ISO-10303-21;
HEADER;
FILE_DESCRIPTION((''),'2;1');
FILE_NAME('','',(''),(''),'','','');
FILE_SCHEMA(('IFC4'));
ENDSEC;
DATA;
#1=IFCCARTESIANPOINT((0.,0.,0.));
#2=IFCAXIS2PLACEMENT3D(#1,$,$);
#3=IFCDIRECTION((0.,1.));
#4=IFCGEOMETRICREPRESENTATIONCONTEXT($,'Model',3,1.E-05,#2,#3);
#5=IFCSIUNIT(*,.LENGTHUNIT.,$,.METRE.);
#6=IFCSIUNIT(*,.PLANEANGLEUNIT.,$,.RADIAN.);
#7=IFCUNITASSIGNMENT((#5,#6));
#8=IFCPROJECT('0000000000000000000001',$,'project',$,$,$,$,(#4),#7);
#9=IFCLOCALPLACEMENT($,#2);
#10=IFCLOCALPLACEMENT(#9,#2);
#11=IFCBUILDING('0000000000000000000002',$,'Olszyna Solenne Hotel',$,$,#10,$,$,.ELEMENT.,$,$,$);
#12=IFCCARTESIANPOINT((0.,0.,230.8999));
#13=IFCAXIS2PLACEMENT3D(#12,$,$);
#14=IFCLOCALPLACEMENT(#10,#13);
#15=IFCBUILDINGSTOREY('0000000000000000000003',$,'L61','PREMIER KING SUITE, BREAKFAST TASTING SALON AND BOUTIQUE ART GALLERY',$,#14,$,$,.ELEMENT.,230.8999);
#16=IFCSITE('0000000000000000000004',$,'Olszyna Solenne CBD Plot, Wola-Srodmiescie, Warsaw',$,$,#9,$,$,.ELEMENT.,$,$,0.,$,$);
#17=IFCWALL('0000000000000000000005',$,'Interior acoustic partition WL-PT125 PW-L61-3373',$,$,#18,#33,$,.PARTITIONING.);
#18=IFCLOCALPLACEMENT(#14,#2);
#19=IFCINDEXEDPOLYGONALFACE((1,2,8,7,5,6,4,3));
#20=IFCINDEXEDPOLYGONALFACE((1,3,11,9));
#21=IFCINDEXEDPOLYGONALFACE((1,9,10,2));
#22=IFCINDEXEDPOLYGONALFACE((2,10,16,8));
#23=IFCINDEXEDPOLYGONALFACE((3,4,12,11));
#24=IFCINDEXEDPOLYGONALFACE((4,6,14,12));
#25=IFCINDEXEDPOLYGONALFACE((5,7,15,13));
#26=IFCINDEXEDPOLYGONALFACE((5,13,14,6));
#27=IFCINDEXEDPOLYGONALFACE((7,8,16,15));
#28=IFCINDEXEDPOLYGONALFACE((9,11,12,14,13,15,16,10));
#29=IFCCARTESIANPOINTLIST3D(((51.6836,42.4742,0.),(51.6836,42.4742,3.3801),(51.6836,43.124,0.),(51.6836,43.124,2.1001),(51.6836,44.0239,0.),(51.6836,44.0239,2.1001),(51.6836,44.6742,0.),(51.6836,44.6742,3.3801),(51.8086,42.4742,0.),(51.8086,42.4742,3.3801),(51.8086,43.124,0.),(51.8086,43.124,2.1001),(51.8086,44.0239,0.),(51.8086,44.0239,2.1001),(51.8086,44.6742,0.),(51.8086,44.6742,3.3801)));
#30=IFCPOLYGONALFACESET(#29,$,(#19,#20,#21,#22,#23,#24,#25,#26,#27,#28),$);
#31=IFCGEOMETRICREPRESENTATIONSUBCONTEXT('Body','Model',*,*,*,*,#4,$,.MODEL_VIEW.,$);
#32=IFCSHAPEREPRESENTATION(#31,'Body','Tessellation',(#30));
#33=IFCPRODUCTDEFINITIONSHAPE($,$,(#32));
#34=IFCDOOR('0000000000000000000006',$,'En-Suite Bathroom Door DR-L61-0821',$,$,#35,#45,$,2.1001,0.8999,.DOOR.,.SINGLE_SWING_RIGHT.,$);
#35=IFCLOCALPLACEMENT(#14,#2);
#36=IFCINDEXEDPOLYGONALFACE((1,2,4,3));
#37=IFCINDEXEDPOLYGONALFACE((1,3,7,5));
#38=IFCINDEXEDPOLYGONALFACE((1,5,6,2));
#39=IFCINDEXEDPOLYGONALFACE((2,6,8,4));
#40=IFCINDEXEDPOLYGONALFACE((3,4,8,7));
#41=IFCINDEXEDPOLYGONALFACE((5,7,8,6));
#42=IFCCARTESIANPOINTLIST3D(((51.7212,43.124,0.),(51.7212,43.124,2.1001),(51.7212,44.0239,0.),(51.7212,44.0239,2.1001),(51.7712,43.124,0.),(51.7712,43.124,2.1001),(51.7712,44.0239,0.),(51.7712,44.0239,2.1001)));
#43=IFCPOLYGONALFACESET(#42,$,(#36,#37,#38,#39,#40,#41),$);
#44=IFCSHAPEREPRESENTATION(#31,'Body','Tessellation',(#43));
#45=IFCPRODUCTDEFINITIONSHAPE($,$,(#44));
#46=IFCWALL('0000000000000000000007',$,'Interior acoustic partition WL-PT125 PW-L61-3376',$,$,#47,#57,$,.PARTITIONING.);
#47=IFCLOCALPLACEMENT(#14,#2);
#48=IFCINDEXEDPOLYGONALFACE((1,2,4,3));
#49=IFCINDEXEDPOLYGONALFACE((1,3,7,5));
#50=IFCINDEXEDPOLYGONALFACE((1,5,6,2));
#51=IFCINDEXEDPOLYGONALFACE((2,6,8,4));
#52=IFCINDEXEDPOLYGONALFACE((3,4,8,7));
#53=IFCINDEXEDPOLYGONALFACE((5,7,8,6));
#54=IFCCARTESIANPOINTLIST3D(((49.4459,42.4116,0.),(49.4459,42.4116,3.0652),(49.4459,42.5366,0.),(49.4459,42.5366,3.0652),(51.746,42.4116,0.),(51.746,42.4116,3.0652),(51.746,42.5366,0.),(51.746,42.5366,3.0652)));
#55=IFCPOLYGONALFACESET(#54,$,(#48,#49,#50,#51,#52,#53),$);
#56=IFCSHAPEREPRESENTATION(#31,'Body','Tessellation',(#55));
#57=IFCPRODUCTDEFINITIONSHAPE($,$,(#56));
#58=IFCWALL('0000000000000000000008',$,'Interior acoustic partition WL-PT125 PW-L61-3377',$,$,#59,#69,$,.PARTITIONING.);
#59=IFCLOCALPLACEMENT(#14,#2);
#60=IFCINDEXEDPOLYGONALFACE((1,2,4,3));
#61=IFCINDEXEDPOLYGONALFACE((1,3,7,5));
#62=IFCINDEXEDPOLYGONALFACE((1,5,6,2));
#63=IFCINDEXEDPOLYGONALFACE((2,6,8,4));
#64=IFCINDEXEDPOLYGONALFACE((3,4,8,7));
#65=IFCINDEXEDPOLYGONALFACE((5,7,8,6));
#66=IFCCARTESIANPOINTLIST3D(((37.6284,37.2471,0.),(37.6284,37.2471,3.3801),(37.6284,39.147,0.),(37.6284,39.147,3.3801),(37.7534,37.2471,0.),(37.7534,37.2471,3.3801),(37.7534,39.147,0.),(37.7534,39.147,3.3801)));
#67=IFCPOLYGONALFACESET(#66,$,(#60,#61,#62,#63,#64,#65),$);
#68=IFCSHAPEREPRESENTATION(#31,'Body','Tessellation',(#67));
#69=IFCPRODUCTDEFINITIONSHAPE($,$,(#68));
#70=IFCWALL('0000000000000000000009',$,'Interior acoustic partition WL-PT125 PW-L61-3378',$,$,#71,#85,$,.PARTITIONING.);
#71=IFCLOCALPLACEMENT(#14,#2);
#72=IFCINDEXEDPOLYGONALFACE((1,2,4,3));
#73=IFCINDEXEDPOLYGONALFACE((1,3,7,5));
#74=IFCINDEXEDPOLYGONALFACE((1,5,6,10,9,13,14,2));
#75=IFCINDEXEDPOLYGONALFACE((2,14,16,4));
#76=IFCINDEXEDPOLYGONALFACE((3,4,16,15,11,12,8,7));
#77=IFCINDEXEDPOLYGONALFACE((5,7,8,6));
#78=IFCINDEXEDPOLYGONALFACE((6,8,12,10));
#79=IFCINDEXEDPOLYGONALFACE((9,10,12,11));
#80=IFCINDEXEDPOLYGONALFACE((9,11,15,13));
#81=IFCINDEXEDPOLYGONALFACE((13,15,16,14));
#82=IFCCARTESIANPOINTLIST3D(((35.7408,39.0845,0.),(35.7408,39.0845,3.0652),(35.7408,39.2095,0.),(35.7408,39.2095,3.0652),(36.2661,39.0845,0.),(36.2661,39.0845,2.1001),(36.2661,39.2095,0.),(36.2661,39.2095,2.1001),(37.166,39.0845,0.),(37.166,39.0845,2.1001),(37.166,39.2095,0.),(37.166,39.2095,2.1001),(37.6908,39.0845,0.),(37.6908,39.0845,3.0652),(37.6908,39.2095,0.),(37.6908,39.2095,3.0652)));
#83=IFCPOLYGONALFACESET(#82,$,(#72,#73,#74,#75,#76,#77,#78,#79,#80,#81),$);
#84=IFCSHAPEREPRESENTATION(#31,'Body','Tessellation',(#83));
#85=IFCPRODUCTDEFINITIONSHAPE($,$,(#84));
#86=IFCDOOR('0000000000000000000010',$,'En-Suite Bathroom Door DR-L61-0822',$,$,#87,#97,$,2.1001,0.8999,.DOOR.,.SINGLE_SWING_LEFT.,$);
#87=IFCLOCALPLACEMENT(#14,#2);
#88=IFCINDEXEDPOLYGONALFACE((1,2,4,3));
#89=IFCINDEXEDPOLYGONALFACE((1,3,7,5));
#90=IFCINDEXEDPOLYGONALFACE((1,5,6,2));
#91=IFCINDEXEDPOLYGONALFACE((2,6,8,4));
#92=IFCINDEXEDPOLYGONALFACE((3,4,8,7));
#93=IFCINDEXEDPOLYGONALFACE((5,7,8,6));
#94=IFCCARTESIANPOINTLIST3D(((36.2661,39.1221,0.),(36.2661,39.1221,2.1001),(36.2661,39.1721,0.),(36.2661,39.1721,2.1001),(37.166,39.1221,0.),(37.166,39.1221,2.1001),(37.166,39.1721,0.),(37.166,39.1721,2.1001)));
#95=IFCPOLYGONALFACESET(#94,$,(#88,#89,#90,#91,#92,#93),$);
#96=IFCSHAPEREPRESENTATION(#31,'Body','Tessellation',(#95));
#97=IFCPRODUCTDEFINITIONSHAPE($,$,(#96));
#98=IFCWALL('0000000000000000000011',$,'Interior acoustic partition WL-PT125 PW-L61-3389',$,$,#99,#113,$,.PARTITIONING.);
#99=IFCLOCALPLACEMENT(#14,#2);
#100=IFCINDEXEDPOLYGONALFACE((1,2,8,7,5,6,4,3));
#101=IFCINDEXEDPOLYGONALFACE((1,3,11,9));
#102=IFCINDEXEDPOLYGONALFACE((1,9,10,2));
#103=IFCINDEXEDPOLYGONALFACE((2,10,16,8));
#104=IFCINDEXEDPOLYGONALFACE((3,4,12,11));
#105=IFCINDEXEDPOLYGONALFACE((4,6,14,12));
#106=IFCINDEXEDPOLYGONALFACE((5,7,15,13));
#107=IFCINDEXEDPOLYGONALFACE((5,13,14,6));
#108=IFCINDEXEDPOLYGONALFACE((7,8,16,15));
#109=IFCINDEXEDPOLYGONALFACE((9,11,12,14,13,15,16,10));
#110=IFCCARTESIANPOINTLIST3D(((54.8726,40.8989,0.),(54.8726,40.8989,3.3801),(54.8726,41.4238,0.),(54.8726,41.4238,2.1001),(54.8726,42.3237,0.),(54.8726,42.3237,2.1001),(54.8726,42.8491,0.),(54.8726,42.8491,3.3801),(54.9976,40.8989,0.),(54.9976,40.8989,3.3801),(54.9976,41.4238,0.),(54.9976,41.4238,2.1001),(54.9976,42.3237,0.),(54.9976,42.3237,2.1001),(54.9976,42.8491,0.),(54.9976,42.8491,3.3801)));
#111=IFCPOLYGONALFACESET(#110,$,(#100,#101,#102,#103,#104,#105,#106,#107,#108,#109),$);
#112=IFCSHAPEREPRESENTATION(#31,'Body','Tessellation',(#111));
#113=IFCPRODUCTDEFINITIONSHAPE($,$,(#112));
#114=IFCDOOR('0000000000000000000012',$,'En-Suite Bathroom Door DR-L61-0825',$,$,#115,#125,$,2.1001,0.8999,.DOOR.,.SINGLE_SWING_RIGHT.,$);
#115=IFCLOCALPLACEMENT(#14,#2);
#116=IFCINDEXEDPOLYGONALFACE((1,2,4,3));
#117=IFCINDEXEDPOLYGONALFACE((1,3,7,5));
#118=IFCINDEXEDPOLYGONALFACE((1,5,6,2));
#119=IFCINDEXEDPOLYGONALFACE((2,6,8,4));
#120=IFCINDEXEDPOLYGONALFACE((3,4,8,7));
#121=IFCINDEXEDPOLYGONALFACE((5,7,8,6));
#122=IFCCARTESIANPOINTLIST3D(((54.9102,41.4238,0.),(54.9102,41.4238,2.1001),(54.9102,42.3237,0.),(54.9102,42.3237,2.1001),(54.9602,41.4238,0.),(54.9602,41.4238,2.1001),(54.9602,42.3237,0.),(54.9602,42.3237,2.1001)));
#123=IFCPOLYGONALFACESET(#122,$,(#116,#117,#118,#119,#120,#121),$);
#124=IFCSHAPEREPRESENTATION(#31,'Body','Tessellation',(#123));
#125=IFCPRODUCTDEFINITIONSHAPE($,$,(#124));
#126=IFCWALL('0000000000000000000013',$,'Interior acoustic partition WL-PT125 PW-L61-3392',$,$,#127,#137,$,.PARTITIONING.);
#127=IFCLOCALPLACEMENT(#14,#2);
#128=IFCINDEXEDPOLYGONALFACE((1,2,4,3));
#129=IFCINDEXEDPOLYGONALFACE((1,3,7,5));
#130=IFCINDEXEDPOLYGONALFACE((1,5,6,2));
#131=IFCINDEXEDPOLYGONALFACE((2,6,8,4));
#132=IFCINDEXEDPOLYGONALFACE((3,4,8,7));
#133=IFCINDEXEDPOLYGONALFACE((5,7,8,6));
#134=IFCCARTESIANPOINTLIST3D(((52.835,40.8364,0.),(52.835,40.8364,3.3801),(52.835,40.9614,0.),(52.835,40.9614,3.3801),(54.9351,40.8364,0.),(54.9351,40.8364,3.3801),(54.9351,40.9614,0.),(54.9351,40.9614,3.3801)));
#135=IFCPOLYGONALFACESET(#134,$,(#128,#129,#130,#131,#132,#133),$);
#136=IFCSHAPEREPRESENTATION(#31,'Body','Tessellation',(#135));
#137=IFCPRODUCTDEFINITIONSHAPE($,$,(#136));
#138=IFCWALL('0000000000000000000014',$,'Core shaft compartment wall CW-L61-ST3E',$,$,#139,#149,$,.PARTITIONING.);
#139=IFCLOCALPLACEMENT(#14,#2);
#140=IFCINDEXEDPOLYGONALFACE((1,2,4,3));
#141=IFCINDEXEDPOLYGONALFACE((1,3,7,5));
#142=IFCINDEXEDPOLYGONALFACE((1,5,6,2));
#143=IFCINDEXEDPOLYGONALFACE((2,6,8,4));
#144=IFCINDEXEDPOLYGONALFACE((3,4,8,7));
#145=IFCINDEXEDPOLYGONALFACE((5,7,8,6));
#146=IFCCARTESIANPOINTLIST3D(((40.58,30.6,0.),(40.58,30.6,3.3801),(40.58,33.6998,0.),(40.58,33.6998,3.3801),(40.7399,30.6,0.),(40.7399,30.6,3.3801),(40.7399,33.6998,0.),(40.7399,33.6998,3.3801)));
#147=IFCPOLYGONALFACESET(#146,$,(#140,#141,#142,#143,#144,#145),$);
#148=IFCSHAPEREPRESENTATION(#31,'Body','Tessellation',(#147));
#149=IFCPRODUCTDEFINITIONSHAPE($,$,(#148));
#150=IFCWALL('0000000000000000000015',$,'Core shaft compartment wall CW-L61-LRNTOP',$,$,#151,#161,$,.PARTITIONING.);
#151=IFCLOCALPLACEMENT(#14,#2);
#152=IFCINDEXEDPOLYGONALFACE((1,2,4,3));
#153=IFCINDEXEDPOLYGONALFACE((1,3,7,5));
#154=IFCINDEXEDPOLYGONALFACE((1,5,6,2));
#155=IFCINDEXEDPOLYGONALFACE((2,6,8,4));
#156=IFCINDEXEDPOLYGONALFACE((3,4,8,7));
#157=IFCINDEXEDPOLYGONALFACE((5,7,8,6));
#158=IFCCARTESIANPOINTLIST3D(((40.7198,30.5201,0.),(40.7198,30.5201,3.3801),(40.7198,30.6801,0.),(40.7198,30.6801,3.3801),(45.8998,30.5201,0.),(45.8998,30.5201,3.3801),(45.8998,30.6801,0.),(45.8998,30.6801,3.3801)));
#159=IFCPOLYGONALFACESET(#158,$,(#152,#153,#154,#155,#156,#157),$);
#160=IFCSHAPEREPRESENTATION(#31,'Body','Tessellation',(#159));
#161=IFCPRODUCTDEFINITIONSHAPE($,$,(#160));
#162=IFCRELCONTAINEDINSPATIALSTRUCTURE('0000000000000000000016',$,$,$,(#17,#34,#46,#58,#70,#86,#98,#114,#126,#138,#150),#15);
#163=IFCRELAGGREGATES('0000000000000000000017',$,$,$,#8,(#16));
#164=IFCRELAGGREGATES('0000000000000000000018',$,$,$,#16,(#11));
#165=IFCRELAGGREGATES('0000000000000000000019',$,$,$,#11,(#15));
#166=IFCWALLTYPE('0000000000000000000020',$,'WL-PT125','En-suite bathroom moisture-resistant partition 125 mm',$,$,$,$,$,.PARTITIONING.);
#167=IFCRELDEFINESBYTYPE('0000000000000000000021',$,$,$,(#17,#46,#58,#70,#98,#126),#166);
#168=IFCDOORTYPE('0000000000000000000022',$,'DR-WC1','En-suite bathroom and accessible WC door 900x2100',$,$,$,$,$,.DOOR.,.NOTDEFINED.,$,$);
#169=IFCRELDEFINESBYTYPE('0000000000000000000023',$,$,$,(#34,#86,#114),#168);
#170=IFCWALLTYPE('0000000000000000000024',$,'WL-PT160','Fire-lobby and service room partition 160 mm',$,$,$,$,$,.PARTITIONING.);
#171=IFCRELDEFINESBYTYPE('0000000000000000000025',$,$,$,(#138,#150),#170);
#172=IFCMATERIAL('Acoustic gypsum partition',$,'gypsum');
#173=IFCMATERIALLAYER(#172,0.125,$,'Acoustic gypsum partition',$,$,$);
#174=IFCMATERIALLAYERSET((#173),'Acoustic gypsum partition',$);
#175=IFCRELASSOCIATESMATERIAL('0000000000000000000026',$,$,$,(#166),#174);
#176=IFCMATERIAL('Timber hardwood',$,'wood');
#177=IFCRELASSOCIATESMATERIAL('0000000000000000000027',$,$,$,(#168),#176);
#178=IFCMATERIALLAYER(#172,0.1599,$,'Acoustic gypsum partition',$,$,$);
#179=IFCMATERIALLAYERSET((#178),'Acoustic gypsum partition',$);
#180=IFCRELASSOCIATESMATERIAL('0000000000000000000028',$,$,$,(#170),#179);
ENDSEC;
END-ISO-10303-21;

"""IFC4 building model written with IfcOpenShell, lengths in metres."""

from ifc_helpers import new_model, si_unit, direction, frame, frame_2d, origin, place, context, subcontext, project, spatial, rectangle, extrude, source, transform, mapped, material, layer, layer_set, type_object, type_shapes, element, fill, save


model = new_model("IFC4")

# Units and contexts
model_context = context("Model", 3, precision=1e-05, world=origin(), true_north=direction((0.0, 1.0)))
body_context = subcontext(model_context, "Body", "Model", "MODEL_VIEW")
ifc_project = project(units=[si_unit("LENGTHUNIT", "METRE"), si_unit("PLANEANGLEUNIT", "RADIAN")], contexts=[model_context])

# Site, building, storey
site_placement = place(None, origin())
site = spatial("IfcSite", under=ifc_project, at=site_placement, Name="Olszyna Solenne CBD Plot, Wola-Srodmiescie, Warsaw", CompositionType="ELEMENT", RefElevation=0.0)
building_placement = place(site_placement, origin())
building = spatial("IfcBuilding", under=site, at=building_placement, Name="Olszyna Solenne Hotel", CompositionType="ELEMENT")
storey_placement = place(building_placement, frame((0.0, 0.0, 230.8999)))
storey = spatial("IfcBuildingStorey", under=building, at=storey_placement, Name="L61", Description="PREMIER KING SUITE, BREAKFAST TASTING SALON AND BOUTIQUE ART GALLERY", CompositionType="ELEMENT", Elevation=230.8999)

# Shared definitions
ifc_material_1 = material(Name="Timber hardwood", Category="wood")

# Wall, opening, door
ifc_material_2 = material(Name="Acoustic gypsum partition", Category="gypsum")
ifc_layer_1 = layer(ifc_material_2, 0.125, Name="Acoustic gypsum partition")
ifc_layer_set_1 = layer_set([ifc_layer_1], Name="Acoustic gypsum partition")
wall_type_1 = type_object("IfcWallType", Name="WL-PT125", Description="En-suite bathroom moisture-resistant partition 125 mm", PredefinedType="PARTITIONING", material=ifc_layer_set_1)
wall_1_placement = place(storey_placement, frame((51.7461, 42.4741, 0.0), z_axis=(0.0, 0.0, 1.0), x_axis=(0.0, 1.0, 0.0)))
wall_1 = element("IfcWall", 1, at=wall_1_placement, inside=storey, type_object=wall_type_1, Name="Interior acoustic partition WL-PT125 PW-L61-3373", PredefinedType="PARTITIONING", context=body_context, shape_type="SweptSolid", body=[
    extrude(rectangle(XDim=2.2, YDim=0.125, at=frame_2d((1.1001, 0.0))), origin(), (0.0, 0.0, 1.0), 3.3801),
])
opening_1_placement = place(wall_1_placement, frame((0.6499, 0.0, 0.0)))
opening_1 = element("IfcOpeningElement", 2, at=opening_1_placement, cuts=wall_1, PredefinedType="OPENING", context=body_context, shape_type="SweptSolid", body=[
    extrude(rectangle(XDim=0.8999, YDim=2.1001, at=frame_2d((0.45, 1.05))), frame((0.0, 0.0725, 0.0), z_axis=(0.0, -1.0, 0.0), x_axis=(1.0, 0.0, 0.0)), (0.0, 0.0, 1.0), 0.145),
])
door_type_1 = type_object("IfcDoorType", Name="DR-WC1", Description="En-suite bathroom and accessible WC door 900x2100", OperationType="NOTDEFINED", PredefinedType="DOOR", material=ifc_material_1)
shared_shape_1 = source(origin(), body_context, "Body", "SweptSolid", [
    extrude(rectangle(XDim=0.8999, YDim=2.1001, at=frame_2d((0.45, 1.05))), frame((0.0, 0.0249, 0.0), z_axis=(0.0, -1.0, 0.0), x_axis=(1.0, 0.0, 0.0)), (0.0, 0.0, 1.0), 0.05),
])
type_shapes(door_type_1, [shared_shape_1])
door_1_placement = place(opening_1_placement, origin())
door_1 = element("IfcDoor", 3, at=door_1_placement, inside=storey, type_object=door_type_1, Name="En-Suite Bathroom Door DR-L61-0821", OperationType="SINGLE_SWING_RIGHT", OverallHeight=2.1001, OverallWidth=0.8999, PredefinedType="DOOR", context=body_context, shape_type="MappedRepresentation", body=[
    mapped(shared_shape_1, transform((0.0, 0.0, 0.0), x_axis=(1.0, 0.0, 0.0), y_axis=(0.0, 1.0, 0.0), z_axis=(0.0, 0.0, 1.0), scale=1.0)),
])
fill(opening_1, door_1)

# Walls
wall_2_placement = place(storey_placement, frame((49.446, 42.4741, 0.0), z_axis=(0.0, 0.0, 1.0), x_axis=(1.0, 0.0, 0.0)))
element("IfcWall", 4, at=wall_2_placement, inside=storey, type_object=wall_type_1, Name="Interior acoustic partition WL-PT125 PW-L61-3376", PredefinedType="PARTITIONING", context=body_context, shape_type="SweptSolid", body=[
    extrude(rectangle(XDim=2.3, YDim=0.125, at=frame_2d((1.1499, 0.0))), origin(), (0.0, 0.0, 1.0), 3.0652),
])
wall_3_placement = place(storey_placement, frame((37.6909, 37.2471, 0.0), z_axis=(0.0, 0.0, 1.0), x_axis=(0.0, 1.0, 0.0)))
element("IfcWall", 5, at=wall_3_placement, inside=storey, type_object=wall_type_1, Name="Interior acoustic partition WL-PT125 PW-L61-3377", PredefinedType="PARTITIONING", context=body_context, shape_type="SweptSolid", body=[
    extrude(rectangle(XDim=1.8999, YDim=0.125, at=frame_2d((0.95, 0.0))), origin(), (0.0, 0.0, 1.0), 3.3801),
])

# Walls, openings, doors
wall_4_placement = place(storey_placement, frame((37.6909, 39.147, 0.0), z_axis=(0.0, 0.0, 1.0), x_axis=(-1.0, 0.0, 0.0)))
wall_4 = element("IfcWall", 6, at=wall_4_placement, inside=storey, type_object=wall_type_1, Name="Interior acoustic partition WL-PT125 PW-L61-3378", PredefinedType="PARTITIONING", context=body_context, shape_type="SweptSolid", body=[
    extrude(rectangle(XDim=1.95, YDim=0.125, at=frame_2d((0.9751, 0.0))), origin(), (0.0, 0.0, 1.0), 3.0652),
])
opening_2_placement = place(wall_4_placement, frame((0.5249, 0.0, 0.0)))
opening_2 = element("IfcOpeningElement", 7, at=opening_2_placement, cuts=wall_4, PredefinedType="OPENING", context=body_context, shape_type="SweptSolid", body=[
    extrude(rectangle(XDim=0.8999, YDim=2.1001, at=frame_2d((0.45, 1.05))), frame((0.0, 0.0725, 0.0), z_axis=(0.0, -1.0, 0.0), x_axis=(1.0, 0.0, 0.0)), (0.0, 0.0, 1.0), 0.145),
])
door_2_placement = place(opening_2_placement, origin())
door_2 = element("IfcDoor", 8, at=door_2_placement, inside=storey, type_object=door_type_1, Name="En-Suite Bathroom Door DR-L61-0822", OperationType="SINGLE_SWING_LEFT", OverallHeight=2.1001, OverallWidth=0.8999, PredefinedType="DOOR", context=body_context, shape_type="MappedRepresentation", body=[
    mapped(shared_shape_1, transform((0.0, 0.0, 0.0), x_axis=(1.0, 0.0, 0.0), y_axis=(0.0, 1.0, 0.0), z_axis=(0.0, 0.0, 1.0), scale=1.0)),
])
fill(opening_2, door_2)
wall_5_placement = place(storey_placement, frame((54.9351, 40.8989, 0.0), z_axis=(0.0, 0.0, 1.0), x_axis=(0.0, 1.0, 0.0)))
wall_5 = element("IfcWall", 9, at=wall_5_placement, inside=storey, type_object=wall_type_1, Name="Interior acoustic partition WL-PT125 PW-L61-3389", PredefinedType="PARTITIONING", context=body_context, shape_type="SweptSolid", body=[
    extrude(rectangle(XDim=1.9502, YDim=0.125, at=frame_2d((0.9751, 0.0))), origin(), (0.0, 0.0, 1.0), 3.3801),
])
opening_3_placement = place(wall_5_placement, frame((0.5249, 0.0, 0.0)))
opening_3 = element("IfcOpeningElement", 10, at=opening_3_placement, cuts=wall_5, PredefinedType="OPENING", context=body_context, shape_type="SweptSolid", body=[
    extrude(rectangle(XDim=0.8999, YDim=2.1001, at=frame_2d((0.45, 1.05))), frame((0.0, 0.0725, 0.0), z_axis=(0.0, -1.0, 0.0), x_axis=(1.0, 0.0, 0.0)), (0.0, 0.0, 1.0), 0.145),
])
door_3_placement = place(opening_3_placement, origin())
door_3 = element("IfcDoor", 11, at=door_3_placement, inside=storey, type_object=door_type_1, Name="En-Suite Bathroom Door DR-L61-0825", OperationType="SINGLE_SWING_RIGHT", OverallHeight=2.1001, OverallWidth=0.8999, PredefinedType="DOOR", context=body_context, shape_type="MappedRepresentation", body=[
    mapped(shared_shape_1, transform((0.0, 0.0, 0.0), x_axis=(1.0, 0.0, 0.0), y_axis=(0.0, 1.0, 0.0), z_axis=(0.0, 0.0, 1.0), scale=1.0)),
])
fill(opening_3, door_3)

# Walls
wall_6_placement = place(storey_placement, frame((52.835, 40.8989, 0.0), z_axis=(0.0, 0.0, 1.0), x_axis=(1.0, 0.0, 0.0)))
element("IfcWall", 12, at=wall_6_placement, inside=storey, type_object=wall_type_1, Name="Interior acoustic partition WL-PT125 PW-L61-3392", PredefinedType="PARTITIONING", context=body_context, shape_type="SweptSolid", body=[
    extrude(rectangle(XDim=2.1001, YDim=0.125, at=frame_2d((1.05, 0.0))), origin(), (0.0, 0.0, 1.0), 3.3801),
])
ifc_layer_2 = layer(ifc_material_2, 0.1599, Name="Acoustic gypsum partition")
ifc_layer_set_2 = layer_set([ifc_layer_2], Name="Acoustic gypsum partition")
wall_type_2 = type_object("IfcWallType", Name="WL-PT160", Description="Fire-lobby and service room partition 160 mm", PredefinedType="PARTITIONING", material=ifc_layer_set_2)
wall_7_placement = place(storey_placement, frame((40.6599, 30.6001, 0.0), z_axis=(0.0, 0.0, 1.0), x_axis=(0.0, 1.0, 0.0)))
element("IfcWall", 13, at=wall_7_placement, inside=storey, type_object=wall_type_2, Name="Core shaft compartment wall CW-L61-ST3E", PredefinedType="PARTITIONING", context=body_context, shape_type="SweptSolid", body=[
    extrude(rectangle(XDim=3.0999, YDim=0.1599, at=frame_2d((1.5498, 0.0))), origin(), (0.0, 0.0, 1.0), 3.3801),
])
wall_8_placement = place(storey_placement, frame((40.72, 30.6001, 0.0), z_axis=(0.0, 0.0, 1.0), x_axis=(1.0, 0.0, 0.0)))
element("IfcWall", 14, at=wall_8_placement, inside=storey, type_object=wall_type_2, Name="Core shaft compartment wall CW-L61-LRNTOP", PredefinedType="PARTITIONING", context=body_context, shape_type="SweptSolid", body=[
    extrude(rectangle(XDim=5.1799, YDim=0.1599, at=frame_2d((2.5898, 0.0))), origin(), (0.0, 0.0, 1.0), 3.3801),
])

save(model, "model.ifc")
